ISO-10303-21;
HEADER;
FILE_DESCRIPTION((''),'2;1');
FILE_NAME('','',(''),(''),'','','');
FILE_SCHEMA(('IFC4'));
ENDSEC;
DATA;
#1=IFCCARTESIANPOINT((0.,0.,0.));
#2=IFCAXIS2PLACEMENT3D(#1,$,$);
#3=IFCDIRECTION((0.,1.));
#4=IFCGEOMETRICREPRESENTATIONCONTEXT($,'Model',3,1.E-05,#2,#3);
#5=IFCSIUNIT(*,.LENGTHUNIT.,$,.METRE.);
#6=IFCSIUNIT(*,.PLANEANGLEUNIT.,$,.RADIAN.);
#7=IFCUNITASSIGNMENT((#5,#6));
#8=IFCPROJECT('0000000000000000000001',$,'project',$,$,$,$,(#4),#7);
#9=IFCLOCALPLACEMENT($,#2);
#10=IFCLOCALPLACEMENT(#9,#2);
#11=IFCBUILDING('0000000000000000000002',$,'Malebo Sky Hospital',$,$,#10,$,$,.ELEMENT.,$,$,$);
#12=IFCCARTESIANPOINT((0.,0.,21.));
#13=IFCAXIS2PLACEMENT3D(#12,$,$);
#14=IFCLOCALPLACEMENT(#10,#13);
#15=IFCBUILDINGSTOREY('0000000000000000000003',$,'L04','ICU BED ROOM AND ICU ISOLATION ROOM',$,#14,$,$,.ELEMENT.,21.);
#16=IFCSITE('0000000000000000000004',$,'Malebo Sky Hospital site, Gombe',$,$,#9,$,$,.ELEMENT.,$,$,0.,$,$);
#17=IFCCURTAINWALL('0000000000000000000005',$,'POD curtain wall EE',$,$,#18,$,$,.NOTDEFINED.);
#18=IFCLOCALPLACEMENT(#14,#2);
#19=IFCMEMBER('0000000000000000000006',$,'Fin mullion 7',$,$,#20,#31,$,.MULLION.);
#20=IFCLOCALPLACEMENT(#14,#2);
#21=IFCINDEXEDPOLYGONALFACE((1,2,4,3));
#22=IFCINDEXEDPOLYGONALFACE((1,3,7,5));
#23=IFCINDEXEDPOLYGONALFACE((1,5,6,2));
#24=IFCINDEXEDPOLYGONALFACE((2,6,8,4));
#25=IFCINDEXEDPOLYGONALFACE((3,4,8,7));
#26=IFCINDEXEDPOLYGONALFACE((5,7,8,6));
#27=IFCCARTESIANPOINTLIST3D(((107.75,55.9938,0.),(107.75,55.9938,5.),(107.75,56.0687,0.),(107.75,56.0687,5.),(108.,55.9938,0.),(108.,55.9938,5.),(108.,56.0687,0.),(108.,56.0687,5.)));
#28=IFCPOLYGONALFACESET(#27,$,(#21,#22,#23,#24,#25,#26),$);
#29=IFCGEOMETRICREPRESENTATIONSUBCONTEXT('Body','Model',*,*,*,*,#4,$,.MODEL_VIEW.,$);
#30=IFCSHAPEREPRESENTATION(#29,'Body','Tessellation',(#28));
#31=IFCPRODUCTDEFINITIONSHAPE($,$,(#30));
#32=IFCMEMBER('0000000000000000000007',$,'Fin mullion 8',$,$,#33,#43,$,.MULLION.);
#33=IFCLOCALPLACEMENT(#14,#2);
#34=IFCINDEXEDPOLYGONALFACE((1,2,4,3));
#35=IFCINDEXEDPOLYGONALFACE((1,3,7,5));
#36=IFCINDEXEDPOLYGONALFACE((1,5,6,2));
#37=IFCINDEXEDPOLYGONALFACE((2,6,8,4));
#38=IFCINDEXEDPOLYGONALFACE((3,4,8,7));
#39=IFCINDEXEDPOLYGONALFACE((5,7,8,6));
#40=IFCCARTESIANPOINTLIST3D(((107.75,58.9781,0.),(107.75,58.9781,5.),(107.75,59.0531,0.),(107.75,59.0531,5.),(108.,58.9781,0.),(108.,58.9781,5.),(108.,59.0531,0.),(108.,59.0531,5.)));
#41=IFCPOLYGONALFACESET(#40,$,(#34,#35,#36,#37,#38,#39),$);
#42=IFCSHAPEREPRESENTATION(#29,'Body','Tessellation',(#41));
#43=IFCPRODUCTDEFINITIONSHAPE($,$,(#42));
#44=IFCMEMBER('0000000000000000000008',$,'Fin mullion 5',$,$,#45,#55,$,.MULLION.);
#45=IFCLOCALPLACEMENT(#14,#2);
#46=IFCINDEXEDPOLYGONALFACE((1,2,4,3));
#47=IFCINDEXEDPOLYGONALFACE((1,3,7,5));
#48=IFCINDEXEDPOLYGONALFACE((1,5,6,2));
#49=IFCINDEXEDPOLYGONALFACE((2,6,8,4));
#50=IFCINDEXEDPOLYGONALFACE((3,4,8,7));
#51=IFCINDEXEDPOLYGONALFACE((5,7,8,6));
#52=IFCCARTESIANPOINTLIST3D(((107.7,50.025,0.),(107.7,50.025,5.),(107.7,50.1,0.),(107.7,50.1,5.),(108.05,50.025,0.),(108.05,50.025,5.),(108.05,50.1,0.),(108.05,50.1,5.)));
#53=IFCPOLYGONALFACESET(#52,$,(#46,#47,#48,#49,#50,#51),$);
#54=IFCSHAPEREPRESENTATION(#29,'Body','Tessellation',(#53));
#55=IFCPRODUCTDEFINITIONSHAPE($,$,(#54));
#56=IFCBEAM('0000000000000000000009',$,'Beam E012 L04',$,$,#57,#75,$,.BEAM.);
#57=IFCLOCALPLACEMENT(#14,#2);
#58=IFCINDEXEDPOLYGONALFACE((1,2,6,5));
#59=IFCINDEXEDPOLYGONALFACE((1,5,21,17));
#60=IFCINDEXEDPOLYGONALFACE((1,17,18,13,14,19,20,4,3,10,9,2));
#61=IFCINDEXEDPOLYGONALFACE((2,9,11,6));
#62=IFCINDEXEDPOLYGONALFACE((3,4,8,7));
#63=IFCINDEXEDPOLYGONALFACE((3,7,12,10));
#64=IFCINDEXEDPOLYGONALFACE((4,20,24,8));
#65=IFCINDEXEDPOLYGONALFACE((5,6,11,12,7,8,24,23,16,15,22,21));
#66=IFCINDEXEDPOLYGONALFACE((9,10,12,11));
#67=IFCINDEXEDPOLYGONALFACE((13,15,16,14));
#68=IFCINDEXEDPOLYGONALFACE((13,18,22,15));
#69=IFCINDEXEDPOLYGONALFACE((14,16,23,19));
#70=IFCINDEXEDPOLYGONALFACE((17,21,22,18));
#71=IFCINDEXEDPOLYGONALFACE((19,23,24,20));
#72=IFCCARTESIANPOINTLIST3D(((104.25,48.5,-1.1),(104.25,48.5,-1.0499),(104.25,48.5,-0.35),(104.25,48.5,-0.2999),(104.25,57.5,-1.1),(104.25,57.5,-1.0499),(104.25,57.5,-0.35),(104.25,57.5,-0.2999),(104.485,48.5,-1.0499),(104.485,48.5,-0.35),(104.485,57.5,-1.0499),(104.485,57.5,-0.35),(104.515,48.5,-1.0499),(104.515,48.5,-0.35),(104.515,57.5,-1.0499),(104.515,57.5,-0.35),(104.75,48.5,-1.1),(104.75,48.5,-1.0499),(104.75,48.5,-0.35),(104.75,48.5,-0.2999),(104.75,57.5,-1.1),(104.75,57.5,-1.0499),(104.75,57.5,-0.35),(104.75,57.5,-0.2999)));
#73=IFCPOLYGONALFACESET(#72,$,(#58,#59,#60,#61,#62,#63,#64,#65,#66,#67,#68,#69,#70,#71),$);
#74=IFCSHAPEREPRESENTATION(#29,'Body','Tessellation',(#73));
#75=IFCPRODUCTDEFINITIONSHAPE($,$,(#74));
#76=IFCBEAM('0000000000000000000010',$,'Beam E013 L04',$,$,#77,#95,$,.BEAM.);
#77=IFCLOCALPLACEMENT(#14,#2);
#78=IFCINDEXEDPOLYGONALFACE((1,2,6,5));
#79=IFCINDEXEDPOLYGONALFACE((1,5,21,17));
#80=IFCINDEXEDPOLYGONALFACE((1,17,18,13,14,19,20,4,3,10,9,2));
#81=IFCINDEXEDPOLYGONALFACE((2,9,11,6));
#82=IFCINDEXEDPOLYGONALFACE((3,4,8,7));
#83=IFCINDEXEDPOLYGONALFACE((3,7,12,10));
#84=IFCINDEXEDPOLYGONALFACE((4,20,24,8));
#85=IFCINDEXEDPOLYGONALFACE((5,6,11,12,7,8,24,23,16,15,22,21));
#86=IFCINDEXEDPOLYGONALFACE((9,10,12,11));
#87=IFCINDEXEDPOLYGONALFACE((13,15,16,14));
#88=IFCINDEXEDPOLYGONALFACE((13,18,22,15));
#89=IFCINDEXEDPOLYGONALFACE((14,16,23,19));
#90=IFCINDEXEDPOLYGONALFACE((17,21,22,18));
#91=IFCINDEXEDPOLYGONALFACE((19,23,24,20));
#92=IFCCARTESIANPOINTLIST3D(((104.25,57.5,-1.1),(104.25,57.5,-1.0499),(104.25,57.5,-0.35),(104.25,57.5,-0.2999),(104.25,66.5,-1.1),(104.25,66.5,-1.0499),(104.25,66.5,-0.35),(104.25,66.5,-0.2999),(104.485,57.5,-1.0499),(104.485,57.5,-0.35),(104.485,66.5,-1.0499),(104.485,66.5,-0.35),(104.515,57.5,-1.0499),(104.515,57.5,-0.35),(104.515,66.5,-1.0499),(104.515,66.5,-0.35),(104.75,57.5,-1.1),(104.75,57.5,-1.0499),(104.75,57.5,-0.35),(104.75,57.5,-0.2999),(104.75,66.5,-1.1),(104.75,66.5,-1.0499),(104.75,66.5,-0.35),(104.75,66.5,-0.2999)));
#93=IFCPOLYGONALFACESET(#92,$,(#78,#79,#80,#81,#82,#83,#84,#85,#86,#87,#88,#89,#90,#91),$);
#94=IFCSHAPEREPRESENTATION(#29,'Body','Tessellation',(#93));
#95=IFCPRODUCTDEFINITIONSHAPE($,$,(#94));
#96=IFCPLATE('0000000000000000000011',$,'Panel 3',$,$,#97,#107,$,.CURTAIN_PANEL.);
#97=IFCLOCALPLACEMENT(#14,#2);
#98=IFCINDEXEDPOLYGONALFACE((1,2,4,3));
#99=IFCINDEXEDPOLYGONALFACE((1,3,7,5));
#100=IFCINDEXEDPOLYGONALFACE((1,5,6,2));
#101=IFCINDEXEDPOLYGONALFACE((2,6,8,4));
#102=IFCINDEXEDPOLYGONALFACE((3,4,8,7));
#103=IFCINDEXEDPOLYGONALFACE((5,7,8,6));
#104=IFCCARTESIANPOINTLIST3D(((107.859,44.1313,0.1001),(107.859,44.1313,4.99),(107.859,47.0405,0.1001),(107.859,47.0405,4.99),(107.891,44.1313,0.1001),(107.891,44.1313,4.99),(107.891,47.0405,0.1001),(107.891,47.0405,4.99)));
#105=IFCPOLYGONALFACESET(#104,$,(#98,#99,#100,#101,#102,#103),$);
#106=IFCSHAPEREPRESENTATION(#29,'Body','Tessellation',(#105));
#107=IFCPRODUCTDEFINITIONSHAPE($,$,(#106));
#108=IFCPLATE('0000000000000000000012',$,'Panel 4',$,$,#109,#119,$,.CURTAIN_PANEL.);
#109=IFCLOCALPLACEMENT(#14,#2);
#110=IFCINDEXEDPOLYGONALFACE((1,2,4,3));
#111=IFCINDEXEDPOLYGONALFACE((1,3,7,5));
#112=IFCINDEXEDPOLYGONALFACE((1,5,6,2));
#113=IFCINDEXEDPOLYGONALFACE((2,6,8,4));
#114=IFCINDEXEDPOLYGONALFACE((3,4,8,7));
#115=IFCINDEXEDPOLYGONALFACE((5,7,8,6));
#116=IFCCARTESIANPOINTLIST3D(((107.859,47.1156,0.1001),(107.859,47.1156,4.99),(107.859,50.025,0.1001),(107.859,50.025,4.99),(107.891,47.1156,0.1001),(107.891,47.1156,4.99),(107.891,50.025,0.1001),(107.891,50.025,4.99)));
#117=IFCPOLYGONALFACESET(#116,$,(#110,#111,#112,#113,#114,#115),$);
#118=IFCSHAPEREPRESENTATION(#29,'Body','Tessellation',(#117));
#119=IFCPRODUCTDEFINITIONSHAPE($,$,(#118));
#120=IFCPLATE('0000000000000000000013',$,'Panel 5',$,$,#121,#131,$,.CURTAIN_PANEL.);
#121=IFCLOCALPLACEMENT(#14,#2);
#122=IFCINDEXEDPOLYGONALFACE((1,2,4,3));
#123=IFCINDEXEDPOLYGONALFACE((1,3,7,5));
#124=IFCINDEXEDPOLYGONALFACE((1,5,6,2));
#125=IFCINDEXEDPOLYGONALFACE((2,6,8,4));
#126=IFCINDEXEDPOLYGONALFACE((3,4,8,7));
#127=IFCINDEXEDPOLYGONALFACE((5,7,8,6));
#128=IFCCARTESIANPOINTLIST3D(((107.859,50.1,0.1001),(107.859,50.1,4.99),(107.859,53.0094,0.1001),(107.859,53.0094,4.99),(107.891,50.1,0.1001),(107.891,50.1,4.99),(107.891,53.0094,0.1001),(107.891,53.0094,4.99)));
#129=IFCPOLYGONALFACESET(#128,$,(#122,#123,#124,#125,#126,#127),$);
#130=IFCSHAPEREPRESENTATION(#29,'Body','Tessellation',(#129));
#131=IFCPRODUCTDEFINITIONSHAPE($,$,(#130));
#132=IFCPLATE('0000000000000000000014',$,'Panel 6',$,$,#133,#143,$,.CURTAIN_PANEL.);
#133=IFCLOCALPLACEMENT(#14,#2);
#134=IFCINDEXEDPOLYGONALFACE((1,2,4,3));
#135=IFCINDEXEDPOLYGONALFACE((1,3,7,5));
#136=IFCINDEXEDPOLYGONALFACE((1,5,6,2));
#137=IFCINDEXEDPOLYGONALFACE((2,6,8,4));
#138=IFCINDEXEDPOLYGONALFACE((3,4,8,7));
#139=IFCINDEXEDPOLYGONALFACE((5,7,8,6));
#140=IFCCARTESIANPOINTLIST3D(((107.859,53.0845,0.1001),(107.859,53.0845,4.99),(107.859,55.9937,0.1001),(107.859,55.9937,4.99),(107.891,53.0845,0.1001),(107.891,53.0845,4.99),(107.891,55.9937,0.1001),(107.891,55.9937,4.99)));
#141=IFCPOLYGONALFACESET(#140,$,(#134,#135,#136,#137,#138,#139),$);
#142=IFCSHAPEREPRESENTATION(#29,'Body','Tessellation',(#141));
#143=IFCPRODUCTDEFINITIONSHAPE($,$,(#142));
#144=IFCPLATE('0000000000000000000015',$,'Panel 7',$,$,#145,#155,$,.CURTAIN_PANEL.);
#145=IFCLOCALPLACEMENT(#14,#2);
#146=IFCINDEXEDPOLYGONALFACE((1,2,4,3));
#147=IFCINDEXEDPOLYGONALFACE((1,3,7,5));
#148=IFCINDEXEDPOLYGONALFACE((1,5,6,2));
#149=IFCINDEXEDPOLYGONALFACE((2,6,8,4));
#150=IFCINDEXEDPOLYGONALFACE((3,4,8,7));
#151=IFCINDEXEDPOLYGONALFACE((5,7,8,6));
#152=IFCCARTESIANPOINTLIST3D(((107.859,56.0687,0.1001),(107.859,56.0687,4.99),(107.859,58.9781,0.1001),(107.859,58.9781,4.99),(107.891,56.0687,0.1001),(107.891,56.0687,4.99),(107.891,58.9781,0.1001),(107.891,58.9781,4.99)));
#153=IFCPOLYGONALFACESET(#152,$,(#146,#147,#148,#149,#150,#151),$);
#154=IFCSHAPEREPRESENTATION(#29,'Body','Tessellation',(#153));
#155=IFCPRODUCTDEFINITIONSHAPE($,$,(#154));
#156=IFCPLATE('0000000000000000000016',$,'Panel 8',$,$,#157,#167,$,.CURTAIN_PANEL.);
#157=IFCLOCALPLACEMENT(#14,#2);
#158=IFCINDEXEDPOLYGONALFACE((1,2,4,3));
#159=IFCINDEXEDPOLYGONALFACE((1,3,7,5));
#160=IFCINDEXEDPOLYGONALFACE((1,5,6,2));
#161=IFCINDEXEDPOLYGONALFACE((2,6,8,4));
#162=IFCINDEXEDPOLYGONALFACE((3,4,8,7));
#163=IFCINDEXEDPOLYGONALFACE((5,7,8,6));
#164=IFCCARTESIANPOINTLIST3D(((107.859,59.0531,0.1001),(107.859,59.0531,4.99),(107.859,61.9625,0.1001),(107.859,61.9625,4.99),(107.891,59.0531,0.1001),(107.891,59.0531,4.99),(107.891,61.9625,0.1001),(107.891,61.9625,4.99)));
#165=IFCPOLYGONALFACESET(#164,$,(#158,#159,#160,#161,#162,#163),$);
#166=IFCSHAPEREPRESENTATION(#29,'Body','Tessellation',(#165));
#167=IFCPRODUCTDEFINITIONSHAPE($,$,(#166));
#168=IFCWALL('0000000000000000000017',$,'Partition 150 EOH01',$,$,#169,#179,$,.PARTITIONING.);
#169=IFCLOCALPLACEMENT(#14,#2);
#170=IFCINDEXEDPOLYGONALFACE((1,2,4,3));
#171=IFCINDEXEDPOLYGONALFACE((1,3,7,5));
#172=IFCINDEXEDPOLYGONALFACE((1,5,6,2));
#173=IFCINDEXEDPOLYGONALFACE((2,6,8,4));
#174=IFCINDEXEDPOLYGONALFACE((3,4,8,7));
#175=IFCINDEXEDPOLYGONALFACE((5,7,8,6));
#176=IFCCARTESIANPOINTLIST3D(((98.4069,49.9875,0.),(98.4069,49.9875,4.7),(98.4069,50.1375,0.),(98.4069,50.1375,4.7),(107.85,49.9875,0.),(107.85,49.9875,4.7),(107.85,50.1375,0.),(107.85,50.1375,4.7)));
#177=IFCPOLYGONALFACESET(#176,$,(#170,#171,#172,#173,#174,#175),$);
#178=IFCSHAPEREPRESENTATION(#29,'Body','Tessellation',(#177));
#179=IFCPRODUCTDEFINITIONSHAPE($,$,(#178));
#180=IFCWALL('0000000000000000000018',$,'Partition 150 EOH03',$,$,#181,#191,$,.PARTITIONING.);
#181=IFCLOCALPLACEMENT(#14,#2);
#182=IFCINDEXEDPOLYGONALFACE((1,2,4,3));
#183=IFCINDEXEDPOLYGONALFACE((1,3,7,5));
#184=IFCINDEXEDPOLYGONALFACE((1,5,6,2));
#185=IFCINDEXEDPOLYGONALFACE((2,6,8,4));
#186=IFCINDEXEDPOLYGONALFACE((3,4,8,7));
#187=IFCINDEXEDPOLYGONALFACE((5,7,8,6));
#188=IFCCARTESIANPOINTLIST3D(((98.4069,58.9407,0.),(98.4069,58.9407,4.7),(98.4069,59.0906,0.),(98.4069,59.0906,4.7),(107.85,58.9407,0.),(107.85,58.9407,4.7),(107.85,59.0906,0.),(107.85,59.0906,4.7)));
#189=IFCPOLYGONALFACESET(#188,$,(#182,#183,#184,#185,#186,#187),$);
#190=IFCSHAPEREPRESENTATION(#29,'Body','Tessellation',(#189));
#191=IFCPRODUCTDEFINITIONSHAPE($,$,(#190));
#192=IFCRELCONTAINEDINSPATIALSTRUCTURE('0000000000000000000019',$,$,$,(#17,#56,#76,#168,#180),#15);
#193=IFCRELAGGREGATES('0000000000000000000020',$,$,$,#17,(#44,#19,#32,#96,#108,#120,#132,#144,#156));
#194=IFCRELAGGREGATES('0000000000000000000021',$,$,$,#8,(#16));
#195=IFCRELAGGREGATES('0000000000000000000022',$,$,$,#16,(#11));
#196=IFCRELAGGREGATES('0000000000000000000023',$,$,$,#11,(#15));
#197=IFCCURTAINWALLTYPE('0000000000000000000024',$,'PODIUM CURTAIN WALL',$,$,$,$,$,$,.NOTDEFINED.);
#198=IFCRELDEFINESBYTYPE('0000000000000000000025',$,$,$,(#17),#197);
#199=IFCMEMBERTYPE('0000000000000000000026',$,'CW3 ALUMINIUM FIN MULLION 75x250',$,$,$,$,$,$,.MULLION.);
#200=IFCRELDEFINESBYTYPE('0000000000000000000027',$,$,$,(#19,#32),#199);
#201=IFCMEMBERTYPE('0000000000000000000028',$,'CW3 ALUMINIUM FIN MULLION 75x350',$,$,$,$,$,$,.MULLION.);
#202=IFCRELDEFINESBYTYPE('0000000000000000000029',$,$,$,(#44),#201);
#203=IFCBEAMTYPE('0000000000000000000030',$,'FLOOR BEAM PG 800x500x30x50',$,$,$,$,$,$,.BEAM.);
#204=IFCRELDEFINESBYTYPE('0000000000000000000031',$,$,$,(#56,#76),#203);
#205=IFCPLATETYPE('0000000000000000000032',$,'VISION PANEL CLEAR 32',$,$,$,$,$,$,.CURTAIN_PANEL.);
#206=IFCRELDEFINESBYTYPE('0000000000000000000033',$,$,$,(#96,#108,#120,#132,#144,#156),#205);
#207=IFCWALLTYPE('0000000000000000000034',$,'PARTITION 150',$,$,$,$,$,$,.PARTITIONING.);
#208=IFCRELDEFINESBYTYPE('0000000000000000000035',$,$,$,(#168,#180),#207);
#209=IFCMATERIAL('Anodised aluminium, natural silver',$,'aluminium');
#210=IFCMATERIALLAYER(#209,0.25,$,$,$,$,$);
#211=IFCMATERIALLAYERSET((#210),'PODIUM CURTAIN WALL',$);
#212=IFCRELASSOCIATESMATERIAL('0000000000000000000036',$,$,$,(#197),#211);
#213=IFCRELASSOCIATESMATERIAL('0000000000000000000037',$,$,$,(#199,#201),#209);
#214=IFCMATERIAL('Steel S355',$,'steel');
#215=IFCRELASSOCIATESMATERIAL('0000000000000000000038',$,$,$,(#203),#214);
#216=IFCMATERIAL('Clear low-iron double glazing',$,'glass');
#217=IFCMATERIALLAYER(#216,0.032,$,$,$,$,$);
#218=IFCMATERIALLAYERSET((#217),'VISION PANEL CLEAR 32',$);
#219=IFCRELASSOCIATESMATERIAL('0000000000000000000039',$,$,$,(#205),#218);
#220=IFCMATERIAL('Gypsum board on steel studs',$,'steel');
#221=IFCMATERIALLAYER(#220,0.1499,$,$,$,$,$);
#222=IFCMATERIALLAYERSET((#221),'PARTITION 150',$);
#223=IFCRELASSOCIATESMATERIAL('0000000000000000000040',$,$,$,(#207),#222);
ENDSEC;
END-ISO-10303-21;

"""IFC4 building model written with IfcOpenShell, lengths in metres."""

from ifc_helpers import new_model, si_unit, direction, frame, frame_2d, origin, origin_2d, place, context, subcontext, project, spatial, rectangle, i_section, extrude, material, layer, layer_set, material_profile, profile_set, type_object, element, aggregate, save


model = new_model("IFC4")

# Units and contexts
model_context = context("Model", 3, precision=1e-05, world=origin(), true_north=direction((0.0, 1.0)))
body_context = subcontext(model_context, "Body", "Model", "MODEL_VIEW")
ifc_project = project(units=[si_unit("LENGTHUNIT", "METRE"), si_unit("PLANEANGLEUNIT", "RADIAN")], contexts=[model_context])

# Site, building, storey
site_placement = place(None, origin())
site = spatial("IfcSite", under=ifc_project, at=site_placement, Name="Malebo Sky Hospital site, Gombe", CompositionType="ELEMENT", RefElevation=0.0)
building_placement = place(site_placement, origin())
building = spatial("IfcBuilding", under=site, at=building_placement, Name="Malebo Sky Hospital", CompositionType="ELEMENT")
storey_placement = place(building_placement, frame((0.0, 0.0, 21.0)))
storey = spatial("IfcBuildingStorey", under=building, at=storey_placement, Name="L04", Description="ICU BED ROOM AND ICU ISOLATION ROOM", CompositionType="ELEMENT", Elevation=21.0)

# Shared definitions
ifc_material_1 = material(Name="Steel S355", Category="steel")

# Curtain wall, members
ifc_material_2 = material(Name="Anodised aluminium, natural silver", Category="aluminium")
ifc_layer_1 = layer(ifc_material_2, 0.25)
ifc_layer_set_1 = layer_set([ifc_layer_1], Name="PODIUM CURTAIN WALL")
curtain_wall_type = type_object("IfcCurtainWallType", Name="PODIUM CURTAIN WALL", PredefinedType="NOTDEFINED", material=ifc_layer_set_1)
curtain_wall_placement = place(storey_placement, origin())
curtain_wall = element("IfcCurtainWall", 1, at=curtain_wall_placement, inside=storey, type_object=curtain_wall_type, Name="POD curtain wall EE", PredefinedType="NOTDEFINED")
ifc_material_profile_1 = material_profile(ifc_material_2, rectangle(XDim=0.075, YDim=0.25, at=origin_2d()), Name="CW3 ALUMINIUM FIN MULLION 75x250")
ifc_profile_set_1 = profile_set([ifc_material_profile_1], Name="Anodised aluminium, natural silver")
member_type_1 = type_object("IfcMemberType", Name="CW3 ALUMINIUM FIN MULLION 75x250", PredefinedType="MULLION", material=ifc_profile_set_1)
member_1_placement = place(storey_placement, frame((107.875, 56.0312, 0.0), z_axis=(0.0, 0.0, 1.0), x_axis=(0.0, 1.0, 0.0)))
member_1 = element("IfcMember", 2, at=member_1_placement, type_object=member_type_1, Name="Fin mullion 7", PredefinedType="MULLION", context=body_context, shape_type="SweptSolid", body=[
    extrude(rectangle(XDim=0.075, YDim=0.25, at=origin_2d()), origin(), (0.0, 0.0, 1.0), 5.0),
])
member_2_placement = place(storey_placement, frame((107.875, 59.0156, 0.0), z_axis=(0.0, 0.0, 1.0), x_axis=(0.0, 1.0, 0.0)))
member_2 = element("IfcMember", 3, at=member_2_placement, type_object=member_type_1, Name="Fin mullion 8", PredefinedType="MULLION", context=body_context, shape_type="SweptSolid", body=[
    extrude(rectangle(XDim=0.075, YDim=0.25, at=origin_2d()), origin(), (0.0, 0.0, 1.0), 5.0),
])
ifc_material_profile_2 = material_profile(ifc_material_2, rectangle(XDim=0.075, YDim=0.3501, at=origin_2d()), Name="CW3 ALUMINIUM FIN MULLION 75x350")
ifc_profile_set_2 = profile_set([ifc_material_profile_2], Name="Anodised aluminium, natural silver")
member_type_2 = type_object("IfcMemberType", Name="CW3 ALUMINIUM FIN MULLION 75x350", PredefinedType="MULLION", material=ifc_profile_set_2)
member_3_placement = place(storey_placement, frame((107.875, 50.0625, 0.0), z_axis=(0.0, 0.0, 1.0), x_axis=(0.0, 1.0, 0.0)))
member_3 = element("IfcMember", 4, at=member_3_placement, type_object=member_type_2, Name="Fin mullion 5", PredefinedType="MULLION", context=body_context, shape_type="SweptSolid", body=[
    extrude(rectangle(XDim=0.075, YDim=0.3501, at=origin_2d()), origin(), (0.0, 0.0, 1.0), 5.0),
])

# Beams
ifc_material_profile_3 = material_profile(ifc_material_1, i_section(OverallWidth=0.5, OverallDepth=0.8, WebThickness=0.03, FlangeThickness=0.05, at=origin_2d()), Name="PG 800x500x30x50")
ifc_profile_set_3 = profile_set([ifc_material_profile_3], Name="Steel S355")
beam_type = type_object("IfcBeamType", Name="FLOOR BEAM PG 800x500x30x50", PredefinedType="BEAM", material=ifc_profile_set_3)
for number, where, z_axis, x_axis, name in (
    (5, (104.5, 48.5, -0.7), (0.0, 1.0, 0.0), (-1.0, 0.0, 0.0), "Beam E012 L04"),
    (6, (104.5, 57.5, -0.7), (0.0, 1.0, 0.0), (-1.0, 0.0, 0.0), "Beam E013 L04"),
):
    element("IfcBeam", number, at=place(storey_placement, frame(where, z_axis=z_axis, x_axis=x_axis)), inside=storey, type_object=beam_type, Name=name, PredefinedType="BEAM", context=body_context, shape_type="SweptSolid", body=[
        extrude(i_section(OverallWidth=0.5, OverallDepth=0.8, WebThickness=0.03, FlangeThickness=0.05, at=origin_2d()), origin(), (0.0, 0.0, 1.0), 9.0),
    ])

# Plates
ifc_material_3 = material(Name="Clear low-iron double glazing", Category="glass")
ifc_layer_2 = layer(ifc_material_3, 0.032)
ifc_layer_set_2 = layer_set([ifc_layer_2], Name="VISION PANEL CLEAR 32")
plate_type = type_object("IfcPlateType", Name="VISION PANEL CLEAR 32", PredefinedType="CURTAIN_PANEL", material=ifc_layer_set_2)
plate_1_placement = place(storey_placement, frame((107.875, 45.5859, 0.1001), z_axis=(0.0, 0.0, 1.0), x_axis=(0.0, 1.0, 0.0)))
plate_1 = element("IfcPlate", 7, at=plate_1_placement, type_object=plate_type, Name="Panel 3", PredefinedType="CURTAIN_PANEL", context=body_context, shape_type="SweptSolid", body=[
    extrude(rectangle(XDim=2.9092, YDim=0.032, at=origin_2d()), origin(), (0.0, 0.0, 1.0), 4.8899),
])
plate_2_placement = place(storey_placement, frame((107.875, 48.5703, 0.1001), z_axis=(0.0, 0.0, 1.0), x_axis=(0.0, 1.0, 0.0)))
plate_2 = element("IfcPlate", 8, at=plate_2_placement, type_object=plate_type, Name="Panel 4", PredefinedType="CURTAIN_PANEL", context=body_context, shape_type="SweptSolid", body=[
    extrude(rectangle(XDim=2.9094, YDim=0.032, at=origin_2d()), origin(), (0.0, 0.0, 1.0), 4.8899),
])
plate_3_placement = place(storey_placement, frame((107.875, 51.5547, 0.1001), z_axis=(0.0, 0.0, 1.0), x_axis=(0.0, 1.0, 0.0)))
plate_3 = element("IfcPlate", 9, at=plate_3_placement, type_object=plate_type, Name="Panel 5", PredefinedType="CURTAIN_PANEL", context=body_context, shape_type="SweptSolid", body=[
    extrude(rectangle(XDim=2.9094, YDim=0.032, at=origin_2d()), origin(), (0.0, 0.0, 1.0), 4.8899),
])
plate_4_placement = place(storey_placement, frame((107.875, 54.5391, 0.1001), z_axis=(0.0, 0.0, 1.0), x_axis=(0.0, 1.0, 0.0)))
plate_4 = element("IfcPlate", 10, at=plate_4_placement, type_object=plate_type, Name="Panel 6", PredefinedType="CURTAIN_PANEL", context=body_context, shape_type="SweptSolid", body=[
    extrude(rectangle(XDim=2.9092, YDim=0.032, at=origin_2d()), origin(), (0.0, 0.0, 1.0), 4.8899),
])
plate_5_placement = place(storey_placement, frame((107.875, 57.5234, 0.1001), z_axis=(0.0, 0.0, 1.0), x_axis=(0.0, 1.0, 0.0)))
plate_5 = element("IfcPlate", 11, at=plate_5_placement, type_object=plate_type, Name="Panel 7", PredefinedType="CURTAIN_PANEL", context=body_context, shape_type="SweptSolid", body=[
    extrude(rectangle(XDim=2.9094, YDim=0.032, at=origin_2d()), origin(), (0.0, 0.0, 1.0), 4.8899),
])
plate_6_placement = place(storey_placement, frame((107.875, 60.5078, 0.1001), z_axis=(0.0, 0.0, 1.0), x_axis=(0.0, 1.0, 0.0)))
plate_6 = element("IfcPlate", 12, at=plate_6_placement, type_object=plate_type, Name="Panel 8", PredefinedType="CURTAIN_PANEL", context=body_context, shape_type="SweptSolid", body=[
    extrude(rectangle(XDim=2.9094, YDim=0.032, at=origin_2d()), origin(), (0.0, 0.0, 1.0), 4.8899),
])
aggregate(curtain_wall, [member_3, member_1, member_2, plate_1, plate_2, plate_3, plate_4, plate_5, plate_6])

# Walls
ifc_material_4 = material(Name="Gypsum board on steel studs", Category="steel")
ifc_layer_3 = layer(ifc_material_4, 0.1499)
ifc_layer_set_3 = layer_set([ifc_layer_3], Name="PARTITION 150")
wall_type_1 = type_object("IfcWallType", Name="PARTITION 150", PredefinedType="PARTITIONING", material=ifc_layer_set_3)
for number, where, z_axis, x_axis, name in (
    (13, (107.8501, 50.0625, 0.0), (0.0, 0.0, 1.0), (-1.0, 0.0, 0.0), "Partition 150 EOH01"),
    (14, (107.8501, 59.0156, 0.0), (0.0, 0.0, 1.0), (-1.0, 0.0, 0.0), "Partition 150 EOH03"),
):
    element("IfcWall", number, at=place(storey_placement, frame(where, z_axis=z_axis, x_axis=x_axis)), inside=storey, type_object=wall_type_1, Name=name, PredefinedType="PARTITIONING", context=body_context, shape_type="SweptSolid", body=[
        extrude(rectangle(XDim=9.4431, YDim=0.1499, at=frame_2d((4.7217, 0.0))), origin(), (0.0, 0.0, 1.0), 4.7),
    ])

save(model, "model.ifc")
